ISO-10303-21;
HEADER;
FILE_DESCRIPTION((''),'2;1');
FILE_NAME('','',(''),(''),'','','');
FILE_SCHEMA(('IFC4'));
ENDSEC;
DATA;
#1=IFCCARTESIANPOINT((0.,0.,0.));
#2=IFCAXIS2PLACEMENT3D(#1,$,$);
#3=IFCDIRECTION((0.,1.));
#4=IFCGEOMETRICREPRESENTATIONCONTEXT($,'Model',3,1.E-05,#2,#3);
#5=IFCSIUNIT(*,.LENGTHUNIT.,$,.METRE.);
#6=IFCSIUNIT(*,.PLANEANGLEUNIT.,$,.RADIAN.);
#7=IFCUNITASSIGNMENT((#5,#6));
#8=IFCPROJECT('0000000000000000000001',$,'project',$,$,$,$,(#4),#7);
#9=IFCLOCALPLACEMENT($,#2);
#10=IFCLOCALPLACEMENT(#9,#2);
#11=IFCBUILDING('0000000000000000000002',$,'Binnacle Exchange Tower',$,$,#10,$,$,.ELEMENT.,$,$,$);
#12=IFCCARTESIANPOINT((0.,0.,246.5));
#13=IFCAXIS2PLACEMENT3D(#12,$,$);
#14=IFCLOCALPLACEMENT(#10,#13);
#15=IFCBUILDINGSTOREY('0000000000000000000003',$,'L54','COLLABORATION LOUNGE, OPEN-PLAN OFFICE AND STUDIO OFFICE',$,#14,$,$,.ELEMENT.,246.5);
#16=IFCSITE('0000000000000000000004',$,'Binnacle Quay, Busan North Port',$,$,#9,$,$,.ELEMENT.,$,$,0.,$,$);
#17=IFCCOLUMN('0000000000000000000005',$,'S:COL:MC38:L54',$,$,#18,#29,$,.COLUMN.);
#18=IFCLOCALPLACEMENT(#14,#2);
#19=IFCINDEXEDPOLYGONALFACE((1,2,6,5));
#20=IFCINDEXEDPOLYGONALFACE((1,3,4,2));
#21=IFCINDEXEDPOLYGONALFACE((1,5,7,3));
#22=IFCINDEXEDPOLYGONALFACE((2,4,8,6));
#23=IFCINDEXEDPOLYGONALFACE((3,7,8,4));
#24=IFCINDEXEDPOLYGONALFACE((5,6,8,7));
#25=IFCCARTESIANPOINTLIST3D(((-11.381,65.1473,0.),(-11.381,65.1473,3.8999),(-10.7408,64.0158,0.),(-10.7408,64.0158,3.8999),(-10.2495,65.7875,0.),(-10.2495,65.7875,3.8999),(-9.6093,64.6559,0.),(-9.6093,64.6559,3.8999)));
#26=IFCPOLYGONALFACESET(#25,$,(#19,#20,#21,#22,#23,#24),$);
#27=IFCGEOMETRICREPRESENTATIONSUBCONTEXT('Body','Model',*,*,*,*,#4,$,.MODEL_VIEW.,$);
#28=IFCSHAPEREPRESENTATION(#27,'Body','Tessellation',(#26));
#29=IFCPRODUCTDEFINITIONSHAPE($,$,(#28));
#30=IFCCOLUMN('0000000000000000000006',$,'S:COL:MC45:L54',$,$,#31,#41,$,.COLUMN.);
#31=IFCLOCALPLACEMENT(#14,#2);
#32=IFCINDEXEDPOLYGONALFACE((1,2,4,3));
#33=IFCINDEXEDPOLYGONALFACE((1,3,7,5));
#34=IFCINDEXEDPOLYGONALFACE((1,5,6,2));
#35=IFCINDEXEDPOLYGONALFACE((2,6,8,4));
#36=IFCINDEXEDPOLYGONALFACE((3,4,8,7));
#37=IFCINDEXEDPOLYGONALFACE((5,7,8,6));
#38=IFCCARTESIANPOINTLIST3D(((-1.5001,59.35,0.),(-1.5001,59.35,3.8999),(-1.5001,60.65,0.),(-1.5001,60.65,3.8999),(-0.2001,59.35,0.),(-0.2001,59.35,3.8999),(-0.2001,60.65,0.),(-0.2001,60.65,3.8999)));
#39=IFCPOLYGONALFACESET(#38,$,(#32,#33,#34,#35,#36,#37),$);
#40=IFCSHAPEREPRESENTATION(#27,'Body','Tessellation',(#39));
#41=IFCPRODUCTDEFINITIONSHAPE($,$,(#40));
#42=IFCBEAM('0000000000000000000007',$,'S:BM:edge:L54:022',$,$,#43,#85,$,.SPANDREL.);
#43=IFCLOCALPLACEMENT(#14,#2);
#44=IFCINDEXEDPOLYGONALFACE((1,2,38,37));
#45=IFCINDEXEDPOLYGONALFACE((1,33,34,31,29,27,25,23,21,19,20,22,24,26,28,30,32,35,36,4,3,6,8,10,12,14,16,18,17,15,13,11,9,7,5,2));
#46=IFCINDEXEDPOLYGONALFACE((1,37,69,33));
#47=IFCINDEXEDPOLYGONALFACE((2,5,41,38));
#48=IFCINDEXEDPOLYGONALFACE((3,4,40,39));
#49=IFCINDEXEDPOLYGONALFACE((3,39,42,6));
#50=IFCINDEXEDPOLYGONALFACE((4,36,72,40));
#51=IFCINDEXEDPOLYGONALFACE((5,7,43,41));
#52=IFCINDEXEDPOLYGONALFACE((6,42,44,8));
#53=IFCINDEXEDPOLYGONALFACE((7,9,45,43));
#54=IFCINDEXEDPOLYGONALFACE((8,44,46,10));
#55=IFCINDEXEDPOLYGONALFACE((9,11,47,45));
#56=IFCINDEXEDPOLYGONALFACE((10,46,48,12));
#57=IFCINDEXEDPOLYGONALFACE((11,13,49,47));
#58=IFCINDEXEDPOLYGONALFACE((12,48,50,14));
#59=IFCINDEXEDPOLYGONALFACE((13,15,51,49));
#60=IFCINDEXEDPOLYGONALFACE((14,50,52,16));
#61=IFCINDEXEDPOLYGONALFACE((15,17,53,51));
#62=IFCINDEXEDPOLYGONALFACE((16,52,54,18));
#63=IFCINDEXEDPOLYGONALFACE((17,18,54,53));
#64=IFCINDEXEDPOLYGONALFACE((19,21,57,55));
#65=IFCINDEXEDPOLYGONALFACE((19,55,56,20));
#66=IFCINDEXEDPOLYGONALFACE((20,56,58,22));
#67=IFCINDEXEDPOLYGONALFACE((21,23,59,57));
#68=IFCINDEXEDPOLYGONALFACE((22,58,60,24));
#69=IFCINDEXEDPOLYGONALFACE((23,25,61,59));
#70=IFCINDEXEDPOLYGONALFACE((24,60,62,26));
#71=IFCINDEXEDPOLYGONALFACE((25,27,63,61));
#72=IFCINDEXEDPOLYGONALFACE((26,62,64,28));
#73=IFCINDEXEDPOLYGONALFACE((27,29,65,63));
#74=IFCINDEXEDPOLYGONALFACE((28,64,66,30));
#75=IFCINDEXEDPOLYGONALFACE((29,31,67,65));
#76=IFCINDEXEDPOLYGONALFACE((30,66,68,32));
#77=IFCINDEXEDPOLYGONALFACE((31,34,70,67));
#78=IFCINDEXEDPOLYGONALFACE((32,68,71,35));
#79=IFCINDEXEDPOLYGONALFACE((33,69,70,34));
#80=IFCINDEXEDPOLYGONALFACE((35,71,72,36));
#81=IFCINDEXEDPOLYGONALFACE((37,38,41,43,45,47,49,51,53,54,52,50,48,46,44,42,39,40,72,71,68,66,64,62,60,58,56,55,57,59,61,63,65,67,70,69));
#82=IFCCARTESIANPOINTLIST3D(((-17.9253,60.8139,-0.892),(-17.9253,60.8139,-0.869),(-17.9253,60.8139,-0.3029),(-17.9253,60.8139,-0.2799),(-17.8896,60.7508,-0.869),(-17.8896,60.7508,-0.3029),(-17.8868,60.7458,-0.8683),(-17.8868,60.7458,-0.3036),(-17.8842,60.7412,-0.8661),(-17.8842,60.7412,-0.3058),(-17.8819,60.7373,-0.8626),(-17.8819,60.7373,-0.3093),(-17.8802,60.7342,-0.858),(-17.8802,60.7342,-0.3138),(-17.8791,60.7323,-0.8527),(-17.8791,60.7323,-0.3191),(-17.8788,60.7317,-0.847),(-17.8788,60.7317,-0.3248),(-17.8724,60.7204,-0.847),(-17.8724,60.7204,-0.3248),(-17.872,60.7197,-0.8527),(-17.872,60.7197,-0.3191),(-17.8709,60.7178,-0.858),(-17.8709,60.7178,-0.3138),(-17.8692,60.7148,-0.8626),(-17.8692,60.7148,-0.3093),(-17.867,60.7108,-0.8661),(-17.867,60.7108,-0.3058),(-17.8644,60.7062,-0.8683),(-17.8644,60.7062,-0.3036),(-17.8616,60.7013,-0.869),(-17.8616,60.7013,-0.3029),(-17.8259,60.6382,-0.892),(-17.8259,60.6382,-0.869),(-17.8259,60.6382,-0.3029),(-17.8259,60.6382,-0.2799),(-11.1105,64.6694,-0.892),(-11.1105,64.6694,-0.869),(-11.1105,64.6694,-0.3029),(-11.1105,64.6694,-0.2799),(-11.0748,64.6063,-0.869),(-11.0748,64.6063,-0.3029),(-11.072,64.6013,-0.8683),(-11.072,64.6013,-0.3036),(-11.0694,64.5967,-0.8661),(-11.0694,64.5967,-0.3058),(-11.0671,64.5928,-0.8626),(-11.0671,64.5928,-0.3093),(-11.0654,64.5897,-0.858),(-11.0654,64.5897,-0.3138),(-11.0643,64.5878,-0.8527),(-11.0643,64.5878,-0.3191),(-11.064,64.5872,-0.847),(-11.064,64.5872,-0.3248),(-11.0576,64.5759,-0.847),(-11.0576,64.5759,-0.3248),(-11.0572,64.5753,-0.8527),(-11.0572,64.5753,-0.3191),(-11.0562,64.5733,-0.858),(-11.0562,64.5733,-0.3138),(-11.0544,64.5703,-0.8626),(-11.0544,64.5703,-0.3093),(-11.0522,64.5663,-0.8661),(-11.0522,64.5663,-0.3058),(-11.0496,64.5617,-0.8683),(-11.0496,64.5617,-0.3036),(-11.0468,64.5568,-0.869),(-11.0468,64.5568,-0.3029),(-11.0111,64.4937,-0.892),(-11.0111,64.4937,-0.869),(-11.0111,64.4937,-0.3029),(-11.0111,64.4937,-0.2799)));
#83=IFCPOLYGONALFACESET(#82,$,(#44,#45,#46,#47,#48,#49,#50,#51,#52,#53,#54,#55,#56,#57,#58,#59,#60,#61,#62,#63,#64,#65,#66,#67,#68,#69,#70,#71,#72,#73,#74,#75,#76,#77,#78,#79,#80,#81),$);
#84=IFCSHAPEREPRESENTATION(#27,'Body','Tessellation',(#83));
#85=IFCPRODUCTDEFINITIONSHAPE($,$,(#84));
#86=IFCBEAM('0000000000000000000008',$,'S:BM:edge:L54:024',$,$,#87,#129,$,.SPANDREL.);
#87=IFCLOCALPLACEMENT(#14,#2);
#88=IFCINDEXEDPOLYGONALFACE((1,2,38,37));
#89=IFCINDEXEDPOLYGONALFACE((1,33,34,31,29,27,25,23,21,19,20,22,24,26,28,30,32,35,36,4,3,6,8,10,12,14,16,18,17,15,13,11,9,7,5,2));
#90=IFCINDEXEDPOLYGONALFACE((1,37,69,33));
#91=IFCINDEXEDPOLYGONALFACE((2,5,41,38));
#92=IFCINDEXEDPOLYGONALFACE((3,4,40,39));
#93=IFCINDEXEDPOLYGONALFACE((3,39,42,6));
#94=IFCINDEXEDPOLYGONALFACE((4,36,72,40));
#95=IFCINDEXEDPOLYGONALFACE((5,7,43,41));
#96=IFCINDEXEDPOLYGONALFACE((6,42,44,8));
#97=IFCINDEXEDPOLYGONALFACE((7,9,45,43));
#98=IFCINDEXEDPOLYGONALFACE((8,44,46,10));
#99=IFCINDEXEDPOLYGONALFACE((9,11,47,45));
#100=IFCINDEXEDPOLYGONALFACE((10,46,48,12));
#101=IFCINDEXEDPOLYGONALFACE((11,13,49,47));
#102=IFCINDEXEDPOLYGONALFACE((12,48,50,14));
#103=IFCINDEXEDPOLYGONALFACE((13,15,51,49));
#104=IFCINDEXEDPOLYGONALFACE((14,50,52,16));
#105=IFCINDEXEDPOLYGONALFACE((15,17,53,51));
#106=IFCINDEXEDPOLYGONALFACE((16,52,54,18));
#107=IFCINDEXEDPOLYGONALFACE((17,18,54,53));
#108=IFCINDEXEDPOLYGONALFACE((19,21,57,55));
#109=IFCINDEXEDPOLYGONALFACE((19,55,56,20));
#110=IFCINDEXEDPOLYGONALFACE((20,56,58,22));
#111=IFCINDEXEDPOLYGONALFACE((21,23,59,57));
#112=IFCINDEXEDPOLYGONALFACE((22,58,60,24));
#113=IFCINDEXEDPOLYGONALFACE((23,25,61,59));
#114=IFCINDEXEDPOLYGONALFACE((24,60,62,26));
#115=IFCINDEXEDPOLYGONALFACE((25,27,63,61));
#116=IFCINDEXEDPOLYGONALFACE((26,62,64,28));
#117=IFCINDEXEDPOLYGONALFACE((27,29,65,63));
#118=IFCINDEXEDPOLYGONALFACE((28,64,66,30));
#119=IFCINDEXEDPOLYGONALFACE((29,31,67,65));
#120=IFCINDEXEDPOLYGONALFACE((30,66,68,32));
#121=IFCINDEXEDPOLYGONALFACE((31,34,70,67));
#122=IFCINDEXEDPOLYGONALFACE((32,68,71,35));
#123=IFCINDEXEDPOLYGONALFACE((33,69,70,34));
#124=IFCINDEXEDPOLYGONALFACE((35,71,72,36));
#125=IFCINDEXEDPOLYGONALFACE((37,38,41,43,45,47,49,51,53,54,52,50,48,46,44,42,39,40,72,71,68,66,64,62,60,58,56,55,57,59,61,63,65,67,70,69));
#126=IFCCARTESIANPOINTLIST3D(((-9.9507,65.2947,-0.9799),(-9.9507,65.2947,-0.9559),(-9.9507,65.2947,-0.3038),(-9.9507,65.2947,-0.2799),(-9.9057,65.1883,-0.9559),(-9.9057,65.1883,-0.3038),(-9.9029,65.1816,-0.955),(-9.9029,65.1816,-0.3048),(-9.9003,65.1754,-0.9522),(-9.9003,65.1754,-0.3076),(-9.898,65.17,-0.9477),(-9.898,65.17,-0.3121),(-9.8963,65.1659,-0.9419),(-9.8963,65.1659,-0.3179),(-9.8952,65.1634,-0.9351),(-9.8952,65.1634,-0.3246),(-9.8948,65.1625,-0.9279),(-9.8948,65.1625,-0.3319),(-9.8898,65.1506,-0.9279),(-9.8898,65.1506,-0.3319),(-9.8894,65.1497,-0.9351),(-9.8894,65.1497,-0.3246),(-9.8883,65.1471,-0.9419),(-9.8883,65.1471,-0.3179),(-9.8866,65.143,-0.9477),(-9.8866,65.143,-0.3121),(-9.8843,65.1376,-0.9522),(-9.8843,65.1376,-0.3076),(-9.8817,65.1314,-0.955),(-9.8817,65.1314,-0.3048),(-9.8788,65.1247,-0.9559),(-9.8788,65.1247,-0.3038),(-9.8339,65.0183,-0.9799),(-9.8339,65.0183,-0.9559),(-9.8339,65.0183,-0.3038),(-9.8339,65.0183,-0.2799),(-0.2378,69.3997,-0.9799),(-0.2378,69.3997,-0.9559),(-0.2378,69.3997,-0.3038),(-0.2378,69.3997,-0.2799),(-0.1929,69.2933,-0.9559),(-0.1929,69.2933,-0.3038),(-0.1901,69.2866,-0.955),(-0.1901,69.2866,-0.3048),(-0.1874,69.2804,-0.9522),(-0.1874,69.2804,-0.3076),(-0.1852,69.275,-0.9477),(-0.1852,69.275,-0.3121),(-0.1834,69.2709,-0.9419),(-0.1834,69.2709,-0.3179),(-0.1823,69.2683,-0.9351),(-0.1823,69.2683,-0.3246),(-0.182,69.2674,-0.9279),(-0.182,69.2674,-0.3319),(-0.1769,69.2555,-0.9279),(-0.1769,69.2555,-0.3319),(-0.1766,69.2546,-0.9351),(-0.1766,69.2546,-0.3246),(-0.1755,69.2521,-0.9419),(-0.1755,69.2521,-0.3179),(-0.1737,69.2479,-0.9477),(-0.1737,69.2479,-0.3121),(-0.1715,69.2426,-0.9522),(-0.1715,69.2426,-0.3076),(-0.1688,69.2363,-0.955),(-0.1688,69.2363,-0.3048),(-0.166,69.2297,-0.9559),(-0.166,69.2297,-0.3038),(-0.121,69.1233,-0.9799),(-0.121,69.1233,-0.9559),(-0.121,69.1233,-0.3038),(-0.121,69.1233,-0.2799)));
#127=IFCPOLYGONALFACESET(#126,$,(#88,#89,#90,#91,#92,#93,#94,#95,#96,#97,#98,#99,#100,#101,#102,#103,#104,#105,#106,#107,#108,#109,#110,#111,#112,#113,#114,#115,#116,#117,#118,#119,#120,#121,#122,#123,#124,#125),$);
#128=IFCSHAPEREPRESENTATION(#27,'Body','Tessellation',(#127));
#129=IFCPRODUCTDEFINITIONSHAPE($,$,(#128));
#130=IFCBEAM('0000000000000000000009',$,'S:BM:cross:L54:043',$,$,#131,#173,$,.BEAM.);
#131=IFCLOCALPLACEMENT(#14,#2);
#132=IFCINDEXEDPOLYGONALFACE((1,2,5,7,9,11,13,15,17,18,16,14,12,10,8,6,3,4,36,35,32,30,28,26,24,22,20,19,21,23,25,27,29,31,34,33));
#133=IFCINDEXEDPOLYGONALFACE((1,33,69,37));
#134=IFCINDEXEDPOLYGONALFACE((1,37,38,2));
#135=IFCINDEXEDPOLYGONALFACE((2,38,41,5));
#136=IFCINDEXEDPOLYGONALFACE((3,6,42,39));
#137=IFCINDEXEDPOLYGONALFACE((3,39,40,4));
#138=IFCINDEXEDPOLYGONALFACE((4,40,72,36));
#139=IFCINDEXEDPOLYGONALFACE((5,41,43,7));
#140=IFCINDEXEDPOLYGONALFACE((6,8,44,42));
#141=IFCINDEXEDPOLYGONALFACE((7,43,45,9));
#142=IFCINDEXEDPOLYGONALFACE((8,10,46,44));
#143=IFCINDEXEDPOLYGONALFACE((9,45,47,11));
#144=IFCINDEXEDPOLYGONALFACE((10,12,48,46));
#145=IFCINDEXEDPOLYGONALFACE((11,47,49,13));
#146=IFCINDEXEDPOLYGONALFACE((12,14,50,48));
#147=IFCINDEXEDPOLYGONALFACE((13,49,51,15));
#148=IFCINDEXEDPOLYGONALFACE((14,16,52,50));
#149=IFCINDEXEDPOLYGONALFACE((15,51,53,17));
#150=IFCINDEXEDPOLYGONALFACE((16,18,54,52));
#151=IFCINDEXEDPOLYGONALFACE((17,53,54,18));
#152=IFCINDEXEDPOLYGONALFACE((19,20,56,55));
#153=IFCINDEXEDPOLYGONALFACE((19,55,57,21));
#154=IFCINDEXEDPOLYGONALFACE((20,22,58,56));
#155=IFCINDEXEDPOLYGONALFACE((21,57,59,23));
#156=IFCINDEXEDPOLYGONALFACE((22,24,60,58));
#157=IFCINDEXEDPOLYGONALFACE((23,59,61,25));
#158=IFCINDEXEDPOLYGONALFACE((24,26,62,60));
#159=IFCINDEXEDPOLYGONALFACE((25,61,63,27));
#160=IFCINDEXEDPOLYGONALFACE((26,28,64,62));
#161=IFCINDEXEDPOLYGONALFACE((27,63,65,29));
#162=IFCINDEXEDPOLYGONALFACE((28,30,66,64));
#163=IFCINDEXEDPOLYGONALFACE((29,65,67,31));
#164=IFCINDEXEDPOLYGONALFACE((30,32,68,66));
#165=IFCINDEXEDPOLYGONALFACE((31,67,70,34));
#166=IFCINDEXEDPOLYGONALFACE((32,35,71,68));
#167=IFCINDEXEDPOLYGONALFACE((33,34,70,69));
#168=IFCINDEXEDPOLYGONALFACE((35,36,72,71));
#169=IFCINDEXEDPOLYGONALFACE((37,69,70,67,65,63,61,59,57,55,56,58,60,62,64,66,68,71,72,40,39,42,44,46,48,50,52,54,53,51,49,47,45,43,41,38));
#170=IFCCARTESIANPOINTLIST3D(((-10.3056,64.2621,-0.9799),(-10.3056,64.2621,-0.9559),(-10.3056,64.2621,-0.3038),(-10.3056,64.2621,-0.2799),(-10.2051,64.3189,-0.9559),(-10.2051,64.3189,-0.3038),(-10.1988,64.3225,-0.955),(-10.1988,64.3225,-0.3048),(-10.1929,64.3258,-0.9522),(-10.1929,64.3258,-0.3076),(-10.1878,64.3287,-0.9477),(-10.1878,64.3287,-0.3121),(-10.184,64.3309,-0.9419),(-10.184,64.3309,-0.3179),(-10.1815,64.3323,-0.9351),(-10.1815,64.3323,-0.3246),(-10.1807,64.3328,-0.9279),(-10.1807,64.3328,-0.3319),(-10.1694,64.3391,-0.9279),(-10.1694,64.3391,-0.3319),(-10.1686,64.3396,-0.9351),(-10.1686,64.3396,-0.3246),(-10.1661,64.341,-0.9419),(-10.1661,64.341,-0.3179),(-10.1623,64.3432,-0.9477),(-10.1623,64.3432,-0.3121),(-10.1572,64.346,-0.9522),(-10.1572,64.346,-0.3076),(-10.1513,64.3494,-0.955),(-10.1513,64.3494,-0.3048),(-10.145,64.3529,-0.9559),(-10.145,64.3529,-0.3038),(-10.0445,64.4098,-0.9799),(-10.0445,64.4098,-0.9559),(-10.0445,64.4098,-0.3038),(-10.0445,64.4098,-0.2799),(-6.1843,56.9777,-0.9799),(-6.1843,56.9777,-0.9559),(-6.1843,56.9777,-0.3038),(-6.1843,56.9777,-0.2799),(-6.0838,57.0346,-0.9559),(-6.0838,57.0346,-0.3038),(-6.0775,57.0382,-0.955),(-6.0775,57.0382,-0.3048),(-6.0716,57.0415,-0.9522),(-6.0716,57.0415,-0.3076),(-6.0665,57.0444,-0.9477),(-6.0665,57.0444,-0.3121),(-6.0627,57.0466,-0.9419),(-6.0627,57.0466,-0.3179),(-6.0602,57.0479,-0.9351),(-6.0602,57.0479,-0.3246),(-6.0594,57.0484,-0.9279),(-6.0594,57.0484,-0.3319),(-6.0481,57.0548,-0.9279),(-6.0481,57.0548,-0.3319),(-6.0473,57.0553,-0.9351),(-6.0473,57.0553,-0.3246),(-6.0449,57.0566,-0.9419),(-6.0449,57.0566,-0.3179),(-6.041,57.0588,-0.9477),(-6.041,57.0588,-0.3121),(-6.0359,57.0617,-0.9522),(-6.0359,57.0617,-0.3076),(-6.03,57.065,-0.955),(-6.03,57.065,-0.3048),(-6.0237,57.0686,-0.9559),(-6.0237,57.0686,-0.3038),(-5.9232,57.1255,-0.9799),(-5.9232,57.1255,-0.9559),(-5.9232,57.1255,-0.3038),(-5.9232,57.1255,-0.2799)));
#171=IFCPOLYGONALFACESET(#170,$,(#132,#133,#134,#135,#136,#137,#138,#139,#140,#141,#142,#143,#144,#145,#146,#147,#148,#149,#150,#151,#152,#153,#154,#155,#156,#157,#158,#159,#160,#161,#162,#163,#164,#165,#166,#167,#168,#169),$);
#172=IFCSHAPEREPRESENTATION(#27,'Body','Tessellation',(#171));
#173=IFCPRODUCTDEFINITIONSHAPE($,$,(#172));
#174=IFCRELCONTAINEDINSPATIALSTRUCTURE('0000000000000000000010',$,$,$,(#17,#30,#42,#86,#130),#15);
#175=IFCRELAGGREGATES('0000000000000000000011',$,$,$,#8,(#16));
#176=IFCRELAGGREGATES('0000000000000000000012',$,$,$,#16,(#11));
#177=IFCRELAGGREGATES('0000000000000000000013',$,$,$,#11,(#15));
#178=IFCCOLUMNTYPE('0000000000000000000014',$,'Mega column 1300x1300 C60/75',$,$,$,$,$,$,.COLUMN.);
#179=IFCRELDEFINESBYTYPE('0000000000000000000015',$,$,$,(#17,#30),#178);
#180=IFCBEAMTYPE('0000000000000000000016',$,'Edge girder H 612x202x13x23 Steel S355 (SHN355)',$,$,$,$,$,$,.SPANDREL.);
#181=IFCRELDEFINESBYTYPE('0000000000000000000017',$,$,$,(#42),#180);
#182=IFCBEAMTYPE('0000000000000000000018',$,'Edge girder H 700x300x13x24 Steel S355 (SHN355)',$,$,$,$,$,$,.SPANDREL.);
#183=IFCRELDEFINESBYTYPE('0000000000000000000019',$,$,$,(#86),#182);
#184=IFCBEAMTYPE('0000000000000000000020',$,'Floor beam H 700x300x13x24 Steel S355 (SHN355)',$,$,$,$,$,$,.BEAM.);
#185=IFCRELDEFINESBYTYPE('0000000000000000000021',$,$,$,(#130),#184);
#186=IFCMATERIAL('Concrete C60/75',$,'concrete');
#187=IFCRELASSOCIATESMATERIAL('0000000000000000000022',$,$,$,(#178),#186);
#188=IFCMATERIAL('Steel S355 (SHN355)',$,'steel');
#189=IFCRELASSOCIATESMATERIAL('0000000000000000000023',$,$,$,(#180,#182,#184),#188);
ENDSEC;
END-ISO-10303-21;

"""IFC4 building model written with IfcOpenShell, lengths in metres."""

from ifc_helpers import new_model, si_unit, direction, frame, origin, origin_2d, place, context, subcontext, project, spatial, rectangle, i_section, extrude, material, material_profile, profile_set, type_object, element, save


model = new_model("IFC4")

# Units and contexts
model_context = context("Model", 3, precision=1e-05, world=origin(), true_north=direction((0.0, 1.0)))
body_context = subcontext(model_context, "Body", "Model", "MODEL_VIEW")
ifc_project = project(units=[si_unit("LENGTHUNIT", "METRE"), si_unit("PLANEANGLEUNIT", "RADIAN")], contexts=[model_context])

# Site, building, storey
site_placement = place(None, origin())
site = spatial("IfcSite", under=ifc_project, at=site_placement, Name="Binnacle Quay, Busan North Port", CompositionType="ELEMENT", RefElevation=0.0)
building_placement = place(site_placement, origin())
building = spatial("IfcBuilding", under=site, at=building_placement, Name="Binnacle Exchange Tower", CompositionType="ELEMENT")
storey_placement = place(building_placement, frame((0.0, 0.0, 246.5)))
storey = spatial("IfcBuildingStorey", under=building, at=storey_placement, Name="L54", Description="COLLABORATION LOUNGE, OPEN-PLAN OFFICE AND STUDIO OFFICE", CompositionType="ELEMENT", Elevation=246.5)

# Columns
ifc_material_1 = material(Name="Concrete C60/75", Category="concrete")
ifc_material_profile_1 = material_profile(ifc_material_1, rectangle(XDim=1.3, YDim=1.3, at=origin_2d()), Name="Mega column 1300x1300 C60/75")
ifc_profile_set_1 = profile_set([ifc_material_profile_1], Name="Concrete C60/75")
column_type = type_object("IfcColumnType", Name="Mega column 1300x1300 C60/75", PredefinedType="COLUMN", material=ifc_profile_set_1)
for number, where, z_axis, x_axis, name in (
    (1, (-10.4951, 64.9016, 0.0), (0.0, 0.0, 1.0), (-0.870356, -0.492424, 0.0), "S:COL:MC38:L54"),
    (2, (-0.8501, 60.0, 0.0), (0.0, 0.0, 1.0), (0.0, 1.0, 0.0), "S:COL:MC45:L54"),
):
    element("IfcColumn", number, at=place(storey_placement, frame(where, z_axis=z_axis, x_axis=x_axis)), inside=storey, type_object=column_type, Name=name, PredefinedType="COLUMN", context=body_context, shape_type="SweptSolid", body=[
        extrude(rectangle(XDim=1.3, YDim=1.3, at=origin_2d()), origin(), (0.0, 0.0, 1.0), 3.8999),
    ])

# Beams
ifc_material_2 = material(Name="Steel S355 (SHN355)", Category="steel")
ifc_material_profile_2 = material_profile(ifc_material_2, i_section(OverallWidth=0.2019, OverallDepth=0.6121, WebThickness=0.0129, FlangeThickness=0.0229, FilletRadius=0.022, at=origin_2d()), Name="H 612x202x13x23")
ifc_profile_set_2 = profile_set([ifc_material_profile_2], Name="Steel S355 (SHN355)")
beam_type_1 = type_object("IfcBeamType", Name="Edge girder H 612x202x13x23 Steel S355 (SHN355)", PredefinedType="SPANDREL", material=ifc_profile_set_2)
beam_1_placement = place(storey_placement, frame((-11.0608, 64.5815, -0.5859), z_axis=(-0.870361, -0.492414, 0.0), x_axis=(0.492414, -0.870361, 0.0)))
element("IfcBeam", 3, at=beam_1_placement, inside=storey, type_object=beam_type_1, Name="S:BM:edge:L54:022", PredefinedType="SPANDREL", context=body_context, shape_type="SweptSolid", body=[
    extrude(i_section(OverallWidth=0.2019, OverallDepth=0.6121, WebThickness=0.0129, FlangeThickness=0.0229, FilletRadius=0.022, at=origin_2d()), origin(), (0.0, 0.0, 1.0), 7.8298),
])
ifc_material_profile_3 = material_profile(ifc_material_2, i_section(OverallWidth=0.3, OverallDepth=0.7, WebThickness=0.0129, FlangeThickness=0.0239, FilletRadius=0.0281, at=origin_2d()), Name="H 700x300x13x24")
ifc_profile_set_3 = profile_set([ifc_material_profile_3], Name="Steel S355 (SHN355)")
beam_type_2 = type_object("IfcBeamType", Name="Edge girder H 700x300x13x24 Steel S355 (SHN355)", PredefinedType="SPANDREL", material=ifc_profile_set_3)
beam_2_placement = place(storey_placement, frame((-0.1794, 69.2615, -0.6299), z_axis=(-0.921114, -0.389293, 0.0), x_axis=(0.389293, -0.921114, 0.0)))
element("IfcBeam", 4, at=beam_2_placement, inside=storey, type_object=beam_type_2, Name="S:BM:edge:L54:024", PredefinedType="SPANDREL", context=body_context, shape_type="SweptSolid", body=[
    extrude(i_section(OverallWidth=0.3, OverallDepth=0.7, WebThickness=0.0129, FlangeThickness=0.0239, FilletRadius=0.0281, at=origin_2d()), origin(), (0.0, 0.0, 1.0), 10.5447),
])
ifc_material_profile_4 = material_profile(ifc_material_2, i_section(OverallWidth=0.3, OverallDepth=0.7, WebThickness=0.0129, FlangeThickness=0.0239, FilletRadius=0.0281, at=origin_2d()), Name="H 700x300x13x24")
ifc_profile_set_4 = profile_set([ifc_material_profile_4], Name="Steel S355 (SHN355)")
beam_type_3 = type_object("IfcBeamType", Name="Floor beam H 700x300x13x24 Steel S355 (SHN355)", PredefinedType="BEAM", material=ifc_profile_set_4)
beam_3_placement = place(storey_placement, frame((-10.175, 64.3359, -0.6299), z_axis=(0.492424, -0.870355, 0.0), x_axis=(0.870355, 0.492424, 0.0)))
element("IfcBeam", 5, at=beam_3_placement, inside=storey, type_object=beam_type_3, Name="S:BM:cross:L54:043", PredefinedType="BEAM", context=body_context, shape_type="SweptSolid", body=[
    extrude(i_section(OverallWidth=0.3, OverallDepth=0.7, WebThickness=0.0129, FlangeThickness=0.0239, FilletRadius=0.0281, at=origin_2d()), origin(), (0.0, 0.0, 1.0), 8.3694),
])

save(model, "model.ifc")
